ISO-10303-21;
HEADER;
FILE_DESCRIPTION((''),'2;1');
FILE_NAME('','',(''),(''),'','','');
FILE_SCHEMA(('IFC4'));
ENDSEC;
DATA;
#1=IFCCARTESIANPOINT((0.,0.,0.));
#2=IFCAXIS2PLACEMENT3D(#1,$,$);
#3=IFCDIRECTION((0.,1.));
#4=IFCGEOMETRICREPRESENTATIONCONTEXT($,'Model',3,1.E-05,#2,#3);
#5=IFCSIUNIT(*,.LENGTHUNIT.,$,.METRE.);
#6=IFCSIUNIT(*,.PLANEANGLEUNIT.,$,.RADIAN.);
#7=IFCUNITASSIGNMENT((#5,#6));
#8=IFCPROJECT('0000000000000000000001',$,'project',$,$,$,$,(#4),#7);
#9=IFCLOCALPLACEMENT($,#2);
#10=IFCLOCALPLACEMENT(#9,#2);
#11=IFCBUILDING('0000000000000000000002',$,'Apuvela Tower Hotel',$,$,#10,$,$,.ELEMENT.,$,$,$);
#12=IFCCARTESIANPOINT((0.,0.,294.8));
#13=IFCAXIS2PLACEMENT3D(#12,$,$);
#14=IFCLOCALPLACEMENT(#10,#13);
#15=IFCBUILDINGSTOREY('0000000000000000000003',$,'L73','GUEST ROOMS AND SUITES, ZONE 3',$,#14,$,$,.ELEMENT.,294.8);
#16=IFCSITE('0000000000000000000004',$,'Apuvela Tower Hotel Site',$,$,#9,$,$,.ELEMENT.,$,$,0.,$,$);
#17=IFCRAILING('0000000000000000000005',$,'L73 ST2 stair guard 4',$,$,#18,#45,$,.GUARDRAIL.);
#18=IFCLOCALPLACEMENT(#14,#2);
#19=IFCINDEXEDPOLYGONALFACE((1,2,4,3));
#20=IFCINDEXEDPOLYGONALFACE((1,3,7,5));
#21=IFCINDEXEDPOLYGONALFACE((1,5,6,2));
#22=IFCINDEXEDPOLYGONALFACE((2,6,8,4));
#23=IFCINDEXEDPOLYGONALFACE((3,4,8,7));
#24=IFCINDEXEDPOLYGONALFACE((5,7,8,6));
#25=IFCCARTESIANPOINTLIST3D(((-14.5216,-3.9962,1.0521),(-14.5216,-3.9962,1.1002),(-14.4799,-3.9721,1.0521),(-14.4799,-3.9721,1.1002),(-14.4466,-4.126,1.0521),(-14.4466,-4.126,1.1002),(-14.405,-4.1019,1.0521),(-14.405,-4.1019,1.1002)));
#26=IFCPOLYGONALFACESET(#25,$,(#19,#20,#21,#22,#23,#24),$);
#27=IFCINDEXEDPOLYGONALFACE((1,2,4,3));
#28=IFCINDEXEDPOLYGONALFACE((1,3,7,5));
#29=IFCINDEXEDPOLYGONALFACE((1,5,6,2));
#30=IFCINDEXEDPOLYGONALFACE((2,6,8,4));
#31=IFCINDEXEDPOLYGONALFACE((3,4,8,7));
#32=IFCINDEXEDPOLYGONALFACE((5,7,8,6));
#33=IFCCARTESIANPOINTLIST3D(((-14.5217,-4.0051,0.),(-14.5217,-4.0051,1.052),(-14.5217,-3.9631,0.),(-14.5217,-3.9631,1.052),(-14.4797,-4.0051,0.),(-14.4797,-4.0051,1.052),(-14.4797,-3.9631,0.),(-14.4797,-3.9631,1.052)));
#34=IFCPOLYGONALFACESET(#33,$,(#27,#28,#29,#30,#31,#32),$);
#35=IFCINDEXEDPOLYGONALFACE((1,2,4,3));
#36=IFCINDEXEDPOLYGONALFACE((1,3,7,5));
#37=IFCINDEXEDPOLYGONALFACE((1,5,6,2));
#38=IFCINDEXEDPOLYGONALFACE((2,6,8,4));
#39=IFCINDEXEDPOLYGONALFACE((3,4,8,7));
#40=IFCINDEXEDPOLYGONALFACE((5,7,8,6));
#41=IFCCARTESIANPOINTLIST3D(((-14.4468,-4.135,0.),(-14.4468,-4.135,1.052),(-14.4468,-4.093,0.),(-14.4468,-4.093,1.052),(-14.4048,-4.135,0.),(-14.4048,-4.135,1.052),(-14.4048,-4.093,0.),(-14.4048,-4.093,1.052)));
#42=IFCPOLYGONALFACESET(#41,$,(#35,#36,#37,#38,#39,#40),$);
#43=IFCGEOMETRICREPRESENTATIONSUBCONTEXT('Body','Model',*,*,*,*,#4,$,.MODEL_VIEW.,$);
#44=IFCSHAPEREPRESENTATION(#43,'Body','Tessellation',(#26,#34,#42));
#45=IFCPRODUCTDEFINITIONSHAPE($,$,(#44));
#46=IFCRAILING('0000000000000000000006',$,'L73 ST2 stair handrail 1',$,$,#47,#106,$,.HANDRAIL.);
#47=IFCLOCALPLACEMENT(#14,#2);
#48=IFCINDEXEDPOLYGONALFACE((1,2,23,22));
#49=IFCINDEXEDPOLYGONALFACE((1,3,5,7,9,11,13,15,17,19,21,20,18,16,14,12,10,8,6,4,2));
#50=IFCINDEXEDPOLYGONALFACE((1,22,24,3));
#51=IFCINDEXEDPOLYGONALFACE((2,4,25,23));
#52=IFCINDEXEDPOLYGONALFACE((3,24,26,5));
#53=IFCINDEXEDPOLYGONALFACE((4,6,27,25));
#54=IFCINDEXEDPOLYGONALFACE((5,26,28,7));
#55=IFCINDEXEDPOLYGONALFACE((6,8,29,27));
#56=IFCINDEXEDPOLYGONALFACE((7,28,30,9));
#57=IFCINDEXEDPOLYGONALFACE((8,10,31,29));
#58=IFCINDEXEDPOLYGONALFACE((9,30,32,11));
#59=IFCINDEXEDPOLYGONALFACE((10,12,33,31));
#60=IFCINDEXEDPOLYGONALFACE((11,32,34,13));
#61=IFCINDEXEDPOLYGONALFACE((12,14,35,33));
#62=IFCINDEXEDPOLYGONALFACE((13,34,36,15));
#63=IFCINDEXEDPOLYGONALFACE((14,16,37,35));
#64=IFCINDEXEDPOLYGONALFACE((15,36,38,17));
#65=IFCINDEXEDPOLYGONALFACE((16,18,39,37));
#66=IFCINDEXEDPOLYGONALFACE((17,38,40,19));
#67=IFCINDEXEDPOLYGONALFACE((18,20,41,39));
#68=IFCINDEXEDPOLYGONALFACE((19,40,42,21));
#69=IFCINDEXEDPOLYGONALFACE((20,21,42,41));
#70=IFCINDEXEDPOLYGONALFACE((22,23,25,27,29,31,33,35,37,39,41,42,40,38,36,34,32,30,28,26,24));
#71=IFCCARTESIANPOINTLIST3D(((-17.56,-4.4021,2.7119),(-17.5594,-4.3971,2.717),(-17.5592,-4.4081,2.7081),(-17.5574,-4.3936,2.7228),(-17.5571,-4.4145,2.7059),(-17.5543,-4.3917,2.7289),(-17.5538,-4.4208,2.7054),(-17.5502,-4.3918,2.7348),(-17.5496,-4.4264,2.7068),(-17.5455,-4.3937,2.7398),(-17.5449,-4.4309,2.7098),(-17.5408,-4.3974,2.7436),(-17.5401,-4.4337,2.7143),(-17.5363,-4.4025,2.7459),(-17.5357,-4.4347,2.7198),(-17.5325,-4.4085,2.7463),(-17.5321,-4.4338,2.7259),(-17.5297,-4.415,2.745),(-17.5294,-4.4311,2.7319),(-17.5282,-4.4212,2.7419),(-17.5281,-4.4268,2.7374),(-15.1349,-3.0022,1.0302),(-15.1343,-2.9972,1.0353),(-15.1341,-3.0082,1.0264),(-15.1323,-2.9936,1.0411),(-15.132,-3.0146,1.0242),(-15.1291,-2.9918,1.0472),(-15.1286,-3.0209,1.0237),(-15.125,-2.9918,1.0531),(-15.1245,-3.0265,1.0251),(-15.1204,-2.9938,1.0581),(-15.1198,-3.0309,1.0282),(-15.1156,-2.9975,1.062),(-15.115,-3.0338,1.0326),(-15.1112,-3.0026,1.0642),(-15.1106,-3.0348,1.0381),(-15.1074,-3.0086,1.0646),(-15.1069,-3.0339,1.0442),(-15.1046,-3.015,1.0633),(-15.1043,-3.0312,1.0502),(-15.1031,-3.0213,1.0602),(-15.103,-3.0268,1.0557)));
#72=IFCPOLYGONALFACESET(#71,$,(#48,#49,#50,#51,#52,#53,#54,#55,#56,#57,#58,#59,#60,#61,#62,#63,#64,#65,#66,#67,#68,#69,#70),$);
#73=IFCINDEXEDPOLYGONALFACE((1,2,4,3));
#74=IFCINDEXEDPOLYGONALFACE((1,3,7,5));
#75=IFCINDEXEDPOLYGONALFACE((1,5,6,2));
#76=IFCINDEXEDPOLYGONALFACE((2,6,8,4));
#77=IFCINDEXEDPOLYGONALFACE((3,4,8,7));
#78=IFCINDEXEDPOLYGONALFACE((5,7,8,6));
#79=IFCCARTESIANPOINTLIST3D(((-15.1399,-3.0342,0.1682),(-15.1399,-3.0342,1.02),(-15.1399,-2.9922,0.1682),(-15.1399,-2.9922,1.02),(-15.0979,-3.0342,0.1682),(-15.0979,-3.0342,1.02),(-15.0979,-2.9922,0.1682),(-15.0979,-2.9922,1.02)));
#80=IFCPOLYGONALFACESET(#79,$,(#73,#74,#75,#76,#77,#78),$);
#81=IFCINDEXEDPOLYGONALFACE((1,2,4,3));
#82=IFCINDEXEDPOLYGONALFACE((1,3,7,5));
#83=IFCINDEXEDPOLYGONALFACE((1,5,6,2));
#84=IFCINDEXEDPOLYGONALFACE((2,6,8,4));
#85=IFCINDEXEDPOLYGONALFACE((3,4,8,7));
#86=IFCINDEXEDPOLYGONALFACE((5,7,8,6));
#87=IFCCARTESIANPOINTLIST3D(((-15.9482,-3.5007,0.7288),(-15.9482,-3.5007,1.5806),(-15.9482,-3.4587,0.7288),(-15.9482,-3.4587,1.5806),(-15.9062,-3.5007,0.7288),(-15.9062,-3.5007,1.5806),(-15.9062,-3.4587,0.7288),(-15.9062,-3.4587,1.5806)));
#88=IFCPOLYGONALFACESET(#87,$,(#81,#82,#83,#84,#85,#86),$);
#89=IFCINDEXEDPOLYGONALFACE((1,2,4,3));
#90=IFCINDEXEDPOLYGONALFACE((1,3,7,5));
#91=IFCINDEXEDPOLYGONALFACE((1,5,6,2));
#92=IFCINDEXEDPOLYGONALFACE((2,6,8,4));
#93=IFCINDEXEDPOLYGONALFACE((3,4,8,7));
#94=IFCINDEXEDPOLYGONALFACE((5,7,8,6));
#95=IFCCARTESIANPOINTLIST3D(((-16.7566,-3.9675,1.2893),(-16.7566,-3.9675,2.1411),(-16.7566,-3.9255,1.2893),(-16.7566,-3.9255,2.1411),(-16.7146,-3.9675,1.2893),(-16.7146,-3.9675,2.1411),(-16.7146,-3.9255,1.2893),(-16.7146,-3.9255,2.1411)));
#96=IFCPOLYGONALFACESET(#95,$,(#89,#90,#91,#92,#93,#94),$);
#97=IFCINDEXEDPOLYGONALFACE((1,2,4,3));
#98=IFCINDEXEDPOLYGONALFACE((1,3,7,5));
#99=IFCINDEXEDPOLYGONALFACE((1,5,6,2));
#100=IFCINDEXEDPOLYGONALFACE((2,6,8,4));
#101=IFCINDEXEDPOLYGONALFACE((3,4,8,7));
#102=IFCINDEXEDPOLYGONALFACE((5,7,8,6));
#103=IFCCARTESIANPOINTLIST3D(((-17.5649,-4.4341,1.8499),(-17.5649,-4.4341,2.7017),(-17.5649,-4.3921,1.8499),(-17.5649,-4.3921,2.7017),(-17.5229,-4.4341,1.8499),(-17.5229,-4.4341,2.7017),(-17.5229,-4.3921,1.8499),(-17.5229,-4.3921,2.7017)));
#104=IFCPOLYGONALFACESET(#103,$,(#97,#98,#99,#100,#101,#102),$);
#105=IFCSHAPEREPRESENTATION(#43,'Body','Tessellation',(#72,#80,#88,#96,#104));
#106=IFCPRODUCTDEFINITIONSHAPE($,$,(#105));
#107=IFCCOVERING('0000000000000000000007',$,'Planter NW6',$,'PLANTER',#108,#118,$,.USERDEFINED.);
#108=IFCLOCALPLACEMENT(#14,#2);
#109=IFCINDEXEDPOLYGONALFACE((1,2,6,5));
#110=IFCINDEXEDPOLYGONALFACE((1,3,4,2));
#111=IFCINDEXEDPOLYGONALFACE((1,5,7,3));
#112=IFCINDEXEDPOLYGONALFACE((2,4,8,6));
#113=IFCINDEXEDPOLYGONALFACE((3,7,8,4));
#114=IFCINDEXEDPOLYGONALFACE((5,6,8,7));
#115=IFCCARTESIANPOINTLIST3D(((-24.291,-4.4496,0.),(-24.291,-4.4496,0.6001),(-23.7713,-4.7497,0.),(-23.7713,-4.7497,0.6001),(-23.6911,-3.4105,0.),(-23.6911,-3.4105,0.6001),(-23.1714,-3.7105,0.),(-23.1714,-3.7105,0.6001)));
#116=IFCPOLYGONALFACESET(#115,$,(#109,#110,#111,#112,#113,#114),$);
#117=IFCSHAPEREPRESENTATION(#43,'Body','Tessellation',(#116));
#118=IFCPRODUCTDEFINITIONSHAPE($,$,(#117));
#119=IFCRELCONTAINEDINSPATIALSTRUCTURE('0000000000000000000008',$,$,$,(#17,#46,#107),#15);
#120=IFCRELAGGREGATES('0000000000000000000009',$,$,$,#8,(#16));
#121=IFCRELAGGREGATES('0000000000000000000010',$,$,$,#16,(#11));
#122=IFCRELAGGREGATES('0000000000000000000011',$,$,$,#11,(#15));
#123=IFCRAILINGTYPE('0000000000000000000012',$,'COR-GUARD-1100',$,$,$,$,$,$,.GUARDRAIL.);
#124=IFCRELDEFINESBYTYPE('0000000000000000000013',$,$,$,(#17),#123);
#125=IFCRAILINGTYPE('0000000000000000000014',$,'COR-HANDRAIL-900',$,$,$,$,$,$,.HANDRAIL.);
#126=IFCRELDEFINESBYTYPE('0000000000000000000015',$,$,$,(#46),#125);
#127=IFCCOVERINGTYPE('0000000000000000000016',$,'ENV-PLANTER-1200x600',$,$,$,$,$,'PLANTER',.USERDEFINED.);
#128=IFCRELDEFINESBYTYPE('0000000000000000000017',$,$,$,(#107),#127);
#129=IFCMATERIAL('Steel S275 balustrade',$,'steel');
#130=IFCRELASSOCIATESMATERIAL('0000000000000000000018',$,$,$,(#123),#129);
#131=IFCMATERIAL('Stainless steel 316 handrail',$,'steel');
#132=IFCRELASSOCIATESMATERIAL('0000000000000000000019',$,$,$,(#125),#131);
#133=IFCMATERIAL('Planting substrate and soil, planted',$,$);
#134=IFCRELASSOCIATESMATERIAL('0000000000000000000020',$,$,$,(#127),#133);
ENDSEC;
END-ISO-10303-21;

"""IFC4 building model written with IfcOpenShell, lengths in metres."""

from ifc_helpers import new_model, si_unit, direction, frame, origin, origin_2d, place, context, subcontext, project, spatial, rectangle, circle, extrude, material, type_object, element, save


model = new_model("IFC4")

# Units and contexts
model_context = context("Model", 3, precision=1e-05, world=origin(), true_north=direction((0.0, 1.0)))
body_context = subcontext(model_context, "Body", "Model", "MODEL_VIEW")
ifc_project = project(units=[si_unit("LENGTHUNIT", "METRE"), si_unit("PLANEANGLEUNIT", "RADIAN")], contexts=[model_context])

# Site, building, storey
site_placement = place(None, origin())
site = spatial("IfcSite", under=ifc_project, at=site_placement, Name="Apuvela Tower Hotel Site", CompositionType="ELEMENT", RefElevation=0.0)
building_placement = place(site_placement, origin())
building = spatial("IfcBuilding", under=site, at=building_placement, Name="Apuvela Tower Hotel", CompositionType="ELEMENT")
storey_placement = place(building_placement, frame((0.0, 0.0, 294.8)))
storey = spatial("IfcBuildingStorey", under=building, at=storey_placement, Name="L73", Description="GUEST ROOMS AND SUITES, ZONE 3", CompositionType="ELEMENT", Elevation=294.8)

# Railings
ifc_material_1 = material(Name="Steel S275 balustrade", Category="steel")
railing_type_1 = type_object("IfcRailingType", Name="COR-GUARD-1100", PredefinedType="GUARDRAIL", material=ifc_material_1)
railing_1_placement = place(storey_placement, frame((-14.5007, -3.9841, 0.0)))
element("IfcRailing", 1, at=railing_1_placement, inside=storey, type_object=railing_type_1, Name="L73 ST2 stair guard 4", PredefinedType="GUARDRAIL", context=body_context, shape_type="SweptSolid", body=[
    extrude(rectangle(XDim=0.0481, YDim=0.0481, at=origin_2d()), frame((0.0, 0.0, 1.0762), z_axis=(0.499816, -0.866131, 0.0), x_axis=(0.866131, 0.499816, 0.0)), (0.0, 0.0, 1.0), 0.1499),
    extrude(rectangle(XDim=0.042, YDim=0.042, at=origin_2d()), origin(), (0.0, 0.0, 1.0), 1.052),
    extrude(rectangle(XDim=0.042, YDim=0.042, at=origin_2d()), frame((0.075, -0.1299, 0.0)), (0.0, 0.0, 1.0), 1.052),
])
ifc_material_2 = material(Name="Stainless steel 316 handrail", Category="steel")
railing_type_2 = type_object("IfcRailingType", Name="COR-HANDRAIL-900", PredefinedType="HANDRAIL", material=ifc_material_2)
railing_2_placement = place(storey_placement, frame((-15.1189, -3.0132, 0.1682)))
element("IfcRailing", 2, at=railing_2_placement, inside=storey, type_object=railing_type_2, Name="L73 ST2 stair handrail 1", PredefinedType="HANDRAIL", context=body_context, shape_type="SweptSolid", body=[
    extrude(circle(Radius=0.0239, at=origin_2d()), frame((0.0, 0.0, 0.876), z_axis=(-0.742453, -0.428594, 0.514851), x_axis=(0.499946, -0.866056, 0.0)), (0.0, 0.0, 1.0), 3.2664),
    extrude(rectangle(XDim=0.042, YDim=0.042, at=origin_2d()), origin(), (0.0, 0.0, 1.0), 0.8518),
    extrude(rectangle(XDim=0.042, YDim=0.042, at=origin_2d()), frame((-0.8083, -0.4666, 0.5605)), (0.0, 0.0, 1.0), 0.8518),
    extrude(rectangle(XDim=0.042, YDim=0.042, at=origin_2d()), frame((-1.6167, -0.9333, 1.1211)), (0.0, 0.0, 1.0), 0.8518),
    extrude(rectangle(XDim=0.042, YDim=0.042, at=origin_2d()), frame((-2.425, -1.3999, 1.6816)), (0.0, 0.0, 1.0), 0.8518),
])

# Covering
ifc_material_3 = material(Name="Planting substrate and soil, planted")
covering_type = type_object("IfcCoveringType", Name="ENV-PLANTER-1200x600", ElementType="PLANTER", PredefinedType="USERDEFINED", material=ifc_material_3)
covering_placement = place(storey_placement, frame((-23.7312, -4.0801, 0.0), z_axis=(0.0, 0.0, 1.0), x_axis=(-0.5, -0.866025, 0.0)))
element("IfcCovering", 3, at=covering_placement, inside=storey, type_object=covering_type, Name="Planter NW6", ObjectType="PLANTER", PredefinedType="USERDEFINED", context=body_context, shape_type="SweptSolid", body=[
    extrude(rectangle(XDim=1.2, YDim=0.6001, at=origin_2d()), origin(), (0.0, 0.0, 1.0), 0.6001),
])

save(model, "model.ifc")
